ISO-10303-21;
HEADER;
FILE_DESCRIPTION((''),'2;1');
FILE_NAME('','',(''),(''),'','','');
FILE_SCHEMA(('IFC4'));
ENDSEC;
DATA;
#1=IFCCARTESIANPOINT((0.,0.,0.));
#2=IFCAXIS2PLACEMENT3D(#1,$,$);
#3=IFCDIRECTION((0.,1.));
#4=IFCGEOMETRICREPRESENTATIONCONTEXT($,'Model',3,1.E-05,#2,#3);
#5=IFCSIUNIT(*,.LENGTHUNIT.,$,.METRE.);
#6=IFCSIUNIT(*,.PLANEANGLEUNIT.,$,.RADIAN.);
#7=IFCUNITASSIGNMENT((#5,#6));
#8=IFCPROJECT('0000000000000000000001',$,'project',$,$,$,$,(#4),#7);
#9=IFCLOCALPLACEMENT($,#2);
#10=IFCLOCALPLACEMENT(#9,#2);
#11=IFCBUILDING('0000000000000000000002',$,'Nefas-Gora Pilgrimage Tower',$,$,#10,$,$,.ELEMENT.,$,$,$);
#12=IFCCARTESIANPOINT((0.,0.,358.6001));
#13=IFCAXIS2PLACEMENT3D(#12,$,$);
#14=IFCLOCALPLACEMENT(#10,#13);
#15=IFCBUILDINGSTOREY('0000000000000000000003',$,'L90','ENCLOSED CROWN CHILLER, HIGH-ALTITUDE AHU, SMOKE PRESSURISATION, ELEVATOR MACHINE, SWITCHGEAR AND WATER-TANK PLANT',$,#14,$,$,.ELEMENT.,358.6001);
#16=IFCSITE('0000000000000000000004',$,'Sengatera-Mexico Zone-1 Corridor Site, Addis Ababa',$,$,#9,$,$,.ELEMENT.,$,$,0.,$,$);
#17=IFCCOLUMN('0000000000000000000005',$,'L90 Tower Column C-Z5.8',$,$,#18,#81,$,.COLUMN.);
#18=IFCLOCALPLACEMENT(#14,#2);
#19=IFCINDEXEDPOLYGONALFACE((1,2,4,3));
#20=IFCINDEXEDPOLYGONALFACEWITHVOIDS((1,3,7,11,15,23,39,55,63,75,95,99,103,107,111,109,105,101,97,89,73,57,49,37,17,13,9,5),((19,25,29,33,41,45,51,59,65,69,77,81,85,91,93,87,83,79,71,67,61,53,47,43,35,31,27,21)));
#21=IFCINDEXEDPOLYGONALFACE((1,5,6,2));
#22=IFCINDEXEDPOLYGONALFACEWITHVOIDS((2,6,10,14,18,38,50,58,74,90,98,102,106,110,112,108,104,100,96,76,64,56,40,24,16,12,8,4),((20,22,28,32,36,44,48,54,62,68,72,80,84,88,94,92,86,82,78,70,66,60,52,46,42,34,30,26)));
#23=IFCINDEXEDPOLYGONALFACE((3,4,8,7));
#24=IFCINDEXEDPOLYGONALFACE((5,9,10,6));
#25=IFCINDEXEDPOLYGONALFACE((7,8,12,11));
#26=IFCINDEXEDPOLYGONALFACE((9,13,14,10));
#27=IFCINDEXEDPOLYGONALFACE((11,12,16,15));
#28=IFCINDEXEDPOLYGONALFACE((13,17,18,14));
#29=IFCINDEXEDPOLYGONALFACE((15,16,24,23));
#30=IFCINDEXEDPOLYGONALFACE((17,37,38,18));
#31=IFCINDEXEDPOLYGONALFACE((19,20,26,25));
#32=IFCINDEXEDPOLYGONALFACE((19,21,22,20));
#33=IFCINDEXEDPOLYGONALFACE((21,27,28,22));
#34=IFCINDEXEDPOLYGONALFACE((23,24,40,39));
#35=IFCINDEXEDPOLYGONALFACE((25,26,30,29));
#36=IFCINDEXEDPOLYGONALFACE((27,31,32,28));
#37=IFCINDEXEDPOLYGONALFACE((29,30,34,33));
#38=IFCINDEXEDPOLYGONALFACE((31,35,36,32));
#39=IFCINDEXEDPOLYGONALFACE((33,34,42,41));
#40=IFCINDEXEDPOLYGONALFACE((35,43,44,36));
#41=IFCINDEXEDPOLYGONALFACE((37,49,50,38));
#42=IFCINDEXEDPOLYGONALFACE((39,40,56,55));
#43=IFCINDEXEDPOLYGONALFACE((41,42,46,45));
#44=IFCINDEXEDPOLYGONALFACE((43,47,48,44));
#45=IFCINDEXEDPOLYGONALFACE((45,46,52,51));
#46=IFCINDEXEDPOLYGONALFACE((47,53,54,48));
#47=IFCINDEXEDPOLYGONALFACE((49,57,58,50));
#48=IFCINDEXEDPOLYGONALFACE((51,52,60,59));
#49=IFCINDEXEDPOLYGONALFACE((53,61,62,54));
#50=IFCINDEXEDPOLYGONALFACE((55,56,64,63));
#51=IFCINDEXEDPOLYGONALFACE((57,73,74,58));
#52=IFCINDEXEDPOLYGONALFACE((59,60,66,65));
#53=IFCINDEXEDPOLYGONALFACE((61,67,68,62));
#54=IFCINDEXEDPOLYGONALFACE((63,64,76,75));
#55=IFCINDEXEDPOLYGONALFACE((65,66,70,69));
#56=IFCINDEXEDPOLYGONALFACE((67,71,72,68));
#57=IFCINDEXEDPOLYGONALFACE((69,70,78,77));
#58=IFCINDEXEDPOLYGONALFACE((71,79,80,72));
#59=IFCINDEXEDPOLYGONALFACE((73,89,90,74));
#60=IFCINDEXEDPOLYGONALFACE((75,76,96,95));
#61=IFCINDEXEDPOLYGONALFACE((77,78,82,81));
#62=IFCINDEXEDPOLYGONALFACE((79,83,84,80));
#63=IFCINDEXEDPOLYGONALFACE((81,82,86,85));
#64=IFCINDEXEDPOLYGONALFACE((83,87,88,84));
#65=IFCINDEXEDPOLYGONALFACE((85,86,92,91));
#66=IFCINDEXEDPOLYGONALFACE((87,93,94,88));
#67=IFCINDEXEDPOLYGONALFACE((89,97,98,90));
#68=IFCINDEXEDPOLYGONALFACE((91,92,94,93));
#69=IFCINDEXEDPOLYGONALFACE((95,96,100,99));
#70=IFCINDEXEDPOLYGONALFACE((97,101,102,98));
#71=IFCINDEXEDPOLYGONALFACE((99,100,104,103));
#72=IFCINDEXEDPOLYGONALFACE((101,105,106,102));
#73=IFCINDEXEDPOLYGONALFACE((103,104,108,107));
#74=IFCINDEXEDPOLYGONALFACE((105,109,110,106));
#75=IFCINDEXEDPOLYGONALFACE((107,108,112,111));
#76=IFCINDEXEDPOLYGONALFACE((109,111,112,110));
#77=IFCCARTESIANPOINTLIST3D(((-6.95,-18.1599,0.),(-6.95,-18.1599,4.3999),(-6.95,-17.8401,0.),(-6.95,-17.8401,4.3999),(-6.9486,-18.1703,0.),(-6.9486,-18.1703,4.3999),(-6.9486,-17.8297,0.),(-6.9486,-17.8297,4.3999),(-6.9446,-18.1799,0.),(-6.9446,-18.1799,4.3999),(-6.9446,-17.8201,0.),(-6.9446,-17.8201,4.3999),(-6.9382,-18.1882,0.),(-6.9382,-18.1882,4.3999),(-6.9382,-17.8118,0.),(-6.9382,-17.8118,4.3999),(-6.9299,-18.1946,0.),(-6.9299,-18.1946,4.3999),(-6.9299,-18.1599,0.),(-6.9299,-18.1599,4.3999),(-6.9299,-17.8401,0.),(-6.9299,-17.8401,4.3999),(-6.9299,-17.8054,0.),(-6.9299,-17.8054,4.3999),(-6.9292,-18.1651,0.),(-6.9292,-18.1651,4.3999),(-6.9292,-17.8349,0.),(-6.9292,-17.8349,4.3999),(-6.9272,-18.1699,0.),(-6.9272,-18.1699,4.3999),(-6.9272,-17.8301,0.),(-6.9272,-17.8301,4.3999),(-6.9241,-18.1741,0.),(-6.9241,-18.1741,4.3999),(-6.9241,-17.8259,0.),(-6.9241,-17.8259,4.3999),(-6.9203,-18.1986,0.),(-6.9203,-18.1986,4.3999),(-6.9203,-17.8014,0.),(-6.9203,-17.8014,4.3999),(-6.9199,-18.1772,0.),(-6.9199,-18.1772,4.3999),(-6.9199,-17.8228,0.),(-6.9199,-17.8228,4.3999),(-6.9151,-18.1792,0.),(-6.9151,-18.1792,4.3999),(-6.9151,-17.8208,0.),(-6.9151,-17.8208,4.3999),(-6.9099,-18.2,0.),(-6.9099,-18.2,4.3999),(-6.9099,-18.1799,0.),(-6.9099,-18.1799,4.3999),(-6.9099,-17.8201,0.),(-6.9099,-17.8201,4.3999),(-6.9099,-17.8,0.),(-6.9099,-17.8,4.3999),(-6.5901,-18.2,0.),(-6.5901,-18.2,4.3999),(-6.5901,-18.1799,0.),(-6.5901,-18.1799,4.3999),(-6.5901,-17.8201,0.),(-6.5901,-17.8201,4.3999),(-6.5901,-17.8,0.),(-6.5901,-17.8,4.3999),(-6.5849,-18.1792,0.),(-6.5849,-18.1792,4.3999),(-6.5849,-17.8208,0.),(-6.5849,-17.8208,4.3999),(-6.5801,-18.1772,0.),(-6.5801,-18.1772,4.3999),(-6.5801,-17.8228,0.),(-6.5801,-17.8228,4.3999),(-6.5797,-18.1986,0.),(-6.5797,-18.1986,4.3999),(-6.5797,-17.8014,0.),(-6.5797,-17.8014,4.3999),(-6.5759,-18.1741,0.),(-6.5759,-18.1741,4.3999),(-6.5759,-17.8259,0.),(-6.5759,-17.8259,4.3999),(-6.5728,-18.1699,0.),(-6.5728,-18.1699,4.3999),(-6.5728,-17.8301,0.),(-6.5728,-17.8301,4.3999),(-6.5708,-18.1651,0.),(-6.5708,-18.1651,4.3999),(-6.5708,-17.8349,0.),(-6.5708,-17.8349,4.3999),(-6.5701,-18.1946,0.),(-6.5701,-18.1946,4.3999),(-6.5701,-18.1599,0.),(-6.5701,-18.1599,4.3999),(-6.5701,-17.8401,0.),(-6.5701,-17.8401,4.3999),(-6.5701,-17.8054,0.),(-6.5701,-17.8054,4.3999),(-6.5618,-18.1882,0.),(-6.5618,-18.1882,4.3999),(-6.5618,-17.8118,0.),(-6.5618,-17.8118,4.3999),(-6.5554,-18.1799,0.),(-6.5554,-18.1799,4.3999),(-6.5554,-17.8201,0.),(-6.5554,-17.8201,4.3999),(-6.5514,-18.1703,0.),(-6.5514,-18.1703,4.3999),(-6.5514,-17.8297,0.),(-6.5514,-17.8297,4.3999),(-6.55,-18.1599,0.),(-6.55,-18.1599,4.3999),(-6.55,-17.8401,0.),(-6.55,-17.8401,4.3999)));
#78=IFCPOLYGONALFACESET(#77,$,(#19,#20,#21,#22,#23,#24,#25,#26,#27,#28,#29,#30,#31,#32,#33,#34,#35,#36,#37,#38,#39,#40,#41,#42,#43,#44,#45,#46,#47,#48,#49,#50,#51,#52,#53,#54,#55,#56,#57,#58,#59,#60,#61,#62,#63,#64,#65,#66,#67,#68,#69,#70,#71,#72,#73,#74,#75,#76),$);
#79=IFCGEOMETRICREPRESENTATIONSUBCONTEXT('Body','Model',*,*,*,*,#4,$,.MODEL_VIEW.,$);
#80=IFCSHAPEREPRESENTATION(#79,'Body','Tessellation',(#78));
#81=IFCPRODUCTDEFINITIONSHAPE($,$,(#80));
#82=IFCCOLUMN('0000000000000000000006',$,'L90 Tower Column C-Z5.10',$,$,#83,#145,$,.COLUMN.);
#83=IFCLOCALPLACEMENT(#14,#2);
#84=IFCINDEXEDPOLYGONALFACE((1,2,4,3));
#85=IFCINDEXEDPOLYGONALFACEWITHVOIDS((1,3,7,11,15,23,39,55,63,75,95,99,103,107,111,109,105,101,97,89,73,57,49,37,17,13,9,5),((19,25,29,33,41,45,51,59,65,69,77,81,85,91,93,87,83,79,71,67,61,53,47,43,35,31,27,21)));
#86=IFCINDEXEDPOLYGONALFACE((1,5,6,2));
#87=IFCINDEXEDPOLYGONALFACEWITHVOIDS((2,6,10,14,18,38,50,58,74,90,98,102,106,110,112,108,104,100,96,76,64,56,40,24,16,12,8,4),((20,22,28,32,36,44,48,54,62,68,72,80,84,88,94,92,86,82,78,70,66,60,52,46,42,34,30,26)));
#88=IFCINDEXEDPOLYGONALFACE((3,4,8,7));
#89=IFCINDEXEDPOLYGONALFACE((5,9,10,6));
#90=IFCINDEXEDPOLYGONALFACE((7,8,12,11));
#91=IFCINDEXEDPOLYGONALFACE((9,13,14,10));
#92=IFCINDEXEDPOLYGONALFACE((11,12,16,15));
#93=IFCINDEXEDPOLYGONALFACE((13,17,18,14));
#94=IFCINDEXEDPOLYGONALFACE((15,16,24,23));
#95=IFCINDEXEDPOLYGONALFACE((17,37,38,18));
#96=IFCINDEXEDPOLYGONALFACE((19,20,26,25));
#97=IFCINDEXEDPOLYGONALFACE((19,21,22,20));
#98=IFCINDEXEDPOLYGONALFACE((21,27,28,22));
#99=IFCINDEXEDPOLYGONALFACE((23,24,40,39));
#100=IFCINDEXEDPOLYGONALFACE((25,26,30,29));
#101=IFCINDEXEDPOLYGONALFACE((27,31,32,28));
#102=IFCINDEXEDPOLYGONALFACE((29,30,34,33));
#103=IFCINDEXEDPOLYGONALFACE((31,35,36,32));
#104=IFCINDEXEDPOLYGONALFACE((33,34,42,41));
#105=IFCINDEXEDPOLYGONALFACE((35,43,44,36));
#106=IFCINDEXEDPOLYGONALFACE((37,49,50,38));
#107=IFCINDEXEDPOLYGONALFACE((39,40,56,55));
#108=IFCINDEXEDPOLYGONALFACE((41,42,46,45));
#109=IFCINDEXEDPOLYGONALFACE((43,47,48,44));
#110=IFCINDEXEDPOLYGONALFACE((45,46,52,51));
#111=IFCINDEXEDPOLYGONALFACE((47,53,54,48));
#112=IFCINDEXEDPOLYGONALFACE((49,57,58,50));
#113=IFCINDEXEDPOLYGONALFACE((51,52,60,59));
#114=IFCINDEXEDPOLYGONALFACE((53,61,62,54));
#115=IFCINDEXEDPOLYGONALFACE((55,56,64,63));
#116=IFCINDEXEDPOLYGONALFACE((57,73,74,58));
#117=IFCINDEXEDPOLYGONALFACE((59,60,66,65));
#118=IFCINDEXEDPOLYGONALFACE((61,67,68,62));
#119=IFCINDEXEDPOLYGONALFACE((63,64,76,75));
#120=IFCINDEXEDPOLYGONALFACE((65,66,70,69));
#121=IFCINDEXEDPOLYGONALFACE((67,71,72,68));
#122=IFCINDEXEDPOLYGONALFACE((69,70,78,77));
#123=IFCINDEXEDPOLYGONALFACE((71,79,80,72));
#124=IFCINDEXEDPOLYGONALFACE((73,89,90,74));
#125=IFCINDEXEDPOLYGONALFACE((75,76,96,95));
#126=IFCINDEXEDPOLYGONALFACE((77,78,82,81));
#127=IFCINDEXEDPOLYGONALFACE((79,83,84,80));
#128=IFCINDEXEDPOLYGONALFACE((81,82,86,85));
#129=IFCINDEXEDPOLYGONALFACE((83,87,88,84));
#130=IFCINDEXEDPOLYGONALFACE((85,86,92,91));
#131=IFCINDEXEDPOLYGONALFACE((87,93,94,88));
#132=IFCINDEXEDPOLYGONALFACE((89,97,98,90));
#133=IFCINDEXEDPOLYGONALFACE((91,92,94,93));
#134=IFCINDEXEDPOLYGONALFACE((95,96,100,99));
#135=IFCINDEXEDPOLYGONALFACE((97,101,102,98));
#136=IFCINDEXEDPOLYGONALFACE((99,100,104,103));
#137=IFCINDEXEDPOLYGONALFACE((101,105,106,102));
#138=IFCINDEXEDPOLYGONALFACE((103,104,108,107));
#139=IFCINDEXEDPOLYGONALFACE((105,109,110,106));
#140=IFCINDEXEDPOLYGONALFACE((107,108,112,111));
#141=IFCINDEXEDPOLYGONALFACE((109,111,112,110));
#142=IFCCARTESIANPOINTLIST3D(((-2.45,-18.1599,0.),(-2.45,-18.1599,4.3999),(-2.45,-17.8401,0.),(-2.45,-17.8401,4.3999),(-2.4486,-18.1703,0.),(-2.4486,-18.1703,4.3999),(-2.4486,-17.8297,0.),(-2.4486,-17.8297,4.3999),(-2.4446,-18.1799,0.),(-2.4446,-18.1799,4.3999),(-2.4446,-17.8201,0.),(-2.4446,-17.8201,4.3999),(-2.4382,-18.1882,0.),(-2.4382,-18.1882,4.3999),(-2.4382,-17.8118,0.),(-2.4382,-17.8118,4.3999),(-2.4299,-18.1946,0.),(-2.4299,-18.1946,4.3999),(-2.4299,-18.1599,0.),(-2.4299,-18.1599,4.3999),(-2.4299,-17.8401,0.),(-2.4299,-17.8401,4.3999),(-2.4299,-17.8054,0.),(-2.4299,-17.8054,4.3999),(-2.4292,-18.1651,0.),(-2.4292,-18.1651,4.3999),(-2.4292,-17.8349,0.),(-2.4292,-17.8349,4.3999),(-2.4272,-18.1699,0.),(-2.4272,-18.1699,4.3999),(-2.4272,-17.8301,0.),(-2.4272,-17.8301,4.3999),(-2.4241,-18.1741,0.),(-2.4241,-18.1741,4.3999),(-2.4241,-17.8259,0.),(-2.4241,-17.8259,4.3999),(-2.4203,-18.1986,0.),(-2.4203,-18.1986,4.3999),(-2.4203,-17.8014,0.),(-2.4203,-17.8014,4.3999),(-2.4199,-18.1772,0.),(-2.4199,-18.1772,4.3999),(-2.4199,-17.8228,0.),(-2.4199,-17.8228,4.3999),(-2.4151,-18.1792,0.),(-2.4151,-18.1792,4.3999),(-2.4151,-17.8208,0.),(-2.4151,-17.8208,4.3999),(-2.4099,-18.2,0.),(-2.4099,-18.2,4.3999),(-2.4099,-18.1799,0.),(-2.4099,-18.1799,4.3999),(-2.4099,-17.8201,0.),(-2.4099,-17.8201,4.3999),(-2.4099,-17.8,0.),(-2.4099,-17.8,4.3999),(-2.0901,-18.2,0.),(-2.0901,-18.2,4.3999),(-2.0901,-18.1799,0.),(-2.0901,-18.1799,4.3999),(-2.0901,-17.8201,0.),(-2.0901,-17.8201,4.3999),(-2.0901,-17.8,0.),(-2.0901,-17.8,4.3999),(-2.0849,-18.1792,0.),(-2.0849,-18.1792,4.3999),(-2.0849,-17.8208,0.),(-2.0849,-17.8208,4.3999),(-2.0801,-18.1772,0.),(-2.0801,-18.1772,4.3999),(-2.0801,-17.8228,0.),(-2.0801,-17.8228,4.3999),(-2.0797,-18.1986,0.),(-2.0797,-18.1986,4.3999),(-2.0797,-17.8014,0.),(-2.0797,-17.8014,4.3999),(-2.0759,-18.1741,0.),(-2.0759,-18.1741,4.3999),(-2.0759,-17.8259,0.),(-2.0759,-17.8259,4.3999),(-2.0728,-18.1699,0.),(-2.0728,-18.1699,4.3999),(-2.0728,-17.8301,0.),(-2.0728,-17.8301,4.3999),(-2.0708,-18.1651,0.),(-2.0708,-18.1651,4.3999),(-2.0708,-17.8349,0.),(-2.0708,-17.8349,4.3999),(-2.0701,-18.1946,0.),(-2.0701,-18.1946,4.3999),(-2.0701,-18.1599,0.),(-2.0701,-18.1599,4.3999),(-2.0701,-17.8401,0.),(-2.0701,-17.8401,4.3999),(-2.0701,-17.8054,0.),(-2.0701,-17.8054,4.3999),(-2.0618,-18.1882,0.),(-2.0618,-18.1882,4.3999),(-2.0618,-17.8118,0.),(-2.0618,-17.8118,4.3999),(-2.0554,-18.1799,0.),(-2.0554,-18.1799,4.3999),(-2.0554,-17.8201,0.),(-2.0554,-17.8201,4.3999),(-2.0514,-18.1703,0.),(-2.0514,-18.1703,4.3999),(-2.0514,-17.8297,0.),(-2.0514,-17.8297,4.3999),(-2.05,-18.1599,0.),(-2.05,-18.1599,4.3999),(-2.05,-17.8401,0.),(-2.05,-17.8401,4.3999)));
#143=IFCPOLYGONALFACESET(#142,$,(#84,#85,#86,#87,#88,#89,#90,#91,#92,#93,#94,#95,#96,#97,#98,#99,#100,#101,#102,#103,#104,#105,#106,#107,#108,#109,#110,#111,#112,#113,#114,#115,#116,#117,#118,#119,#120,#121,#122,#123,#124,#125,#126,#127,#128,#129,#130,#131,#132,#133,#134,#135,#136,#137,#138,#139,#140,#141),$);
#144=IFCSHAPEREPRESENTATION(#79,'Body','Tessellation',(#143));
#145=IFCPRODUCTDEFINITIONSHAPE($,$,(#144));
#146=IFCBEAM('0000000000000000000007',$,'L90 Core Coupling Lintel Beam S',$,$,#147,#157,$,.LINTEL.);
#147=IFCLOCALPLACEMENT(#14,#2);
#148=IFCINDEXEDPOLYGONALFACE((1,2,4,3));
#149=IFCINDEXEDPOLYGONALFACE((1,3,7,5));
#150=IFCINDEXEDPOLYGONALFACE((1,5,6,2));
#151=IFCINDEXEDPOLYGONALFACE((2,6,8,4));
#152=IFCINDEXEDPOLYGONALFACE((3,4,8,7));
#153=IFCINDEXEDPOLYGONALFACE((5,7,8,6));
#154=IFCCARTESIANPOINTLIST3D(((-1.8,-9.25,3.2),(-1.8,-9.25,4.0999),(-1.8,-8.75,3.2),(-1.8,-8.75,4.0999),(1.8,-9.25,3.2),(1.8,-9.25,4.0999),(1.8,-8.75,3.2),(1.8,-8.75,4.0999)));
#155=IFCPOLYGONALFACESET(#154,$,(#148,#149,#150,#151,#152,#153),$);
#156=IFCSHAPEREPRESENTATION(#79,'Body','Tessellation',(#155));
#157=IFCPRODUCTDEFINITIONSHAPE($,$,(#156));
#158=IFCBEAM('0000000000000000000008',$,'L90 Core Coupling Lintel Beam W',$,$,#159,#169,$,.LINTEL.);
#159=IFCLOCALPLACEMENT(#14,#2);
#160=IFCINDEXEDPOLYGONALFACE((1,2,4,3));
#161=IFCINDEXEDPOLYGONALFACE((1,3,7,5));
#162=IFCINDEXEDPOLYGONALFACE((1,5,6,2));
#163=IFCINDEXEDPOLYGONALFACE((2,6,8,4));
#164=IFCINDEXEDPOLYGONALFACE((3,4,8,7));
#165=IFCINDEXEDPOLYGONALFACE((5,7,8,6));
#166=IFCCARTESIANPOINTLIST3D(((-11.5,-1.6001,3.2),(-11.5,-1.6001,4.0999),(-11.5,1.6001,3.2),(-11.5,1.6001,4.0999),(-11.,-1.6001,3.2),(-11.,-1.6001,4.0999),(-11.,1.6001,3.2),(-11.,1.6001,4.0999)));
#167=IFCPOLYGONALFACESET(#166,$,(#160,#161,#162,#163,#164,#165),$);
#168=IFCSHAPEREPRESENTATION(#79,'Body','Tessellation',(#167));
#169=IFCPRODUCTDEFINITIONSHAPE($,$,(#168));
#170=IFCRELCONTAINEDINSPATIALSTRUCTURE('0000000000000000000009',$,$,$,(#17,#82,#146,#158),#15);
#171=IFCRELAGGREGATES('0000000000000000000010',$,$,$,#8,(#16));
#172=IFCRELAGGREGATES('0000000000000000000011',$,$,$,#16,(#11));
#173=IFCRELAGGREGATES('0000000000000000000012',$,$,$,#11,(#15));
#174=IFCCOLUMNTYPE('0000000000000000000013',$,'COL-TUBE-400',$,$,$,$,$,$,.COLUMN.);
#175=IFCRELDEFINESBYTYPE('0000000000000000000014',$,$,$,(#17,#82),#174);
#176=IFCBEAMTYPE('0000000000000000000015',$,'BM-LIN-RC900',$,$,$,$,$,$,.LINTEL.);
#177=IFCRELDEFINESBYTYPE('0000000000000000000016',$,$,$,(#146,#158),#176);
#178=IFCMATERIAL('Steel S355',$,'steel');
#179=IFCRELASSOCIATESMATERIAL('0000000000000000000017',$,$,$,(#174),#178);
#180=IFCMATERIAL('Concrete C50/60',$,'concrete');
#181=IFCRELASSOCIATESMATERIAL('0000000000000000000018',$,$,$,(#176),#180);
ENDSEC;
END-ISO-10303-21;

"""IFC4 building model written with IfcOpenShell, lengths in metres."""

from ifc_helpers import new_model, si_unit, direction, frame, origin, origin_2d, place, context, subcontext, project, spatial, rectangle, hollow_rectangle, extrude, source, transform, mapped, material, material_profile, profile_set, type_object, element, save


model = new_model("IFC4")

# Units and contexts
model_context = context("Model", 3, precision=1e-05, world=origin(), true_north=direction((0.0, 1.0)))
body_context = subcontext(model_context, "Body", "Model", "MODEL_VIEW")
ifc_project = project(units=[si_unit("LENGTHUNIT", "METRE"), si_unit("PLANEANGLEUNIT", "RADIAN")], contexts=[model_context])

# Site, building, storey
site_placement = place(None, origin())
site = spatial("IfcSite", under=ifc_project, at=site_placement, Name="Sengatera-Mexico Zone-1 Corridor Site, Addis Ababa", CompositionType="ELEMENT", RefElevation=0.0)
building_placement = place(site_placement, origin())
building = spatial("IfcBuilding", under=site, at=building_placement, Name="Nefas-Gora Pilgrimage Tower", CompositionType="ELEMENT")
storey_placement = place(building_placement, frame((0.0, 0.0, 358.6001)))
storey = spatial("IfcBuildingStorey", under=building, at=storey_placement, Name="L90", Description="ENCLOSED CROWN CHILLER, HIGH-ALTITUDE AHU, SMOKE PRESSURISATION, ELEVATOR MACHINE, SWITCHGEAR AND WATER-TANK PLANT", CompositionType="ELEMENT", Elevation=358.6001)

# Columns
ifc_material_1 = material(Name="Steel S355", Category="steel")
ifc_material_profile_1 = material_profile(ifc_material_1, hollow_rectangle(XDim=0.3999, YDim=0.3999, WallThickness=0.02, InnerFilletRadius=0.02, OuterFilletRadius=0.04, at=origin_2d()), Name="SHS 400x400x20")
ifc_profile_set_1 = profile_set([ifc_material_profile_1], Name="Steel S355")
column_type = type_object("IfcColumnType", Name="COL-TUBE-400", PredefinedType="COLUMN", material=ifc_profile_set_1)
shared_shape_1 = source(origin(), body_context, "Body", "SweptSolid", [
    extrude(hollow_rectangle(XDim=0.3999, YDim=0.3999, WallThickness=0.02, InnerFilletRadius=0.02, OuterFilletRadius=0.04, at=origin_2d()), origin(), (0.0, 0.0, 1.0), 4.3999),
])
for number, where, z_axis, x_axis, name in (
    (1, (-6.75, -18.0, 0.0), (0.0, 0.0, 1.0), (1.0, 0.0, 0.0), "L90 Tower Column C-Z5.8"),
    (2, (-2.25, -18.0, 0.0), (0.0, 0.0, 1.0), (1.0, 0.0, 0.0), "L90 Tower Column C-Z5.10"),
):
    element("IfcColumn", number, at=place(storey_placement, frame(where, z_axis=z_axis, x_axis=x_axis)), inside=storey, type_object=column_type, Name=name, PredefinedType="COLUMN", context=body_context, shape_type="MappedRepresentation", body=[
        mapped(shared_shape_1, transform((0.0, 0.0, 0.0), x_axis=(1.0, 0.0, 0.0), y_axis=(0.0, 1.0, 0.0), z_axis=(0.0, 0.0, 1.0), scale=1.0)),
    ])

# Beams
ifc_material_2 = material(Name="Concrete C50/60", Category="concrete")
ifc_material_profile_2 = material_profile(ifc_material_2, rectangle(XDim=0.5, YDim=0.8999, at=origin_2d()), Name="RC 500x900")
ifc_profile_set_2 = profile_set([ifc_material_profile_2], Name="Concrete C50/60")
beam_type_1 = type_object("IfcBeamType", Name="BM-LIN-RC900", PredefinedType="LINTEL", material=ifc_profile_set_2)
shared_shape_2 = source(origin(), body_context, "Body", "SweptSolid", [
    extrude(rectangle(XDim=0.5, YDim=0.8999, at=origin_2d()), origin(), (0.0, 0.0, 1.0), 3.6001),
])
beam_1_placement = place(storey_placement, frame((-1.8, -9.0, 3.6499), z_axis=(1.0, 0.0, 0.0), x_axis=(0.0, 1.0, 0.0)))
element("IfcBeam", 3, at=beam_1_placement, inside=storey, type_object=beam_type_1, Name="L90 Core Coupling Lintel Beam S", PredefinedType="LINTEL", context=body_context, shape_type="MappedRepresentation", body=[
    mapped(shared_shape_2, transform((0.0, 0.0, 0.0), x_axis=(1.0, 0.0, 0.0), y_axis=(0.0, 1.0, 0.0), z_axis=(0.0, 0.0, 1.0), scale=1.0)),
])
shared_shape_3 = source(origin(), body_context, "Body", "SweptSolid", [
    extrude(rectangle(XDim=0.5, YDim=0.8999, at=origin_2d()), origin(), (0.0, 0.0, 1.0), 3.2002),
])
beam_2_placement = place(storey_placement, frame((-11.25, -1.6001, 3.6499), z_axis=(0.0, 1.0, 0.0), x_axis=(-1.0, 0.0, 0.0)))
element("IfcBeam", 4, at=beam_2_placement, inside=storey, type_object=beam_type_1, Name="L90 Core Coupling Lintel Beam W", PredefinedType="LINTEL", context=body_context, shape_type="MappedRepresentation", body=[
    mapped(shared_shape_3, transform((0.0, 0.0, 0.0), x_axis=(1.0, 0.0, 0.0), y_axis=(0.0, 1.0, 0.0), z_axis=(0.0, 0.0, 1.0), scale=1.0)),
])

save(model, "model.ifc")
